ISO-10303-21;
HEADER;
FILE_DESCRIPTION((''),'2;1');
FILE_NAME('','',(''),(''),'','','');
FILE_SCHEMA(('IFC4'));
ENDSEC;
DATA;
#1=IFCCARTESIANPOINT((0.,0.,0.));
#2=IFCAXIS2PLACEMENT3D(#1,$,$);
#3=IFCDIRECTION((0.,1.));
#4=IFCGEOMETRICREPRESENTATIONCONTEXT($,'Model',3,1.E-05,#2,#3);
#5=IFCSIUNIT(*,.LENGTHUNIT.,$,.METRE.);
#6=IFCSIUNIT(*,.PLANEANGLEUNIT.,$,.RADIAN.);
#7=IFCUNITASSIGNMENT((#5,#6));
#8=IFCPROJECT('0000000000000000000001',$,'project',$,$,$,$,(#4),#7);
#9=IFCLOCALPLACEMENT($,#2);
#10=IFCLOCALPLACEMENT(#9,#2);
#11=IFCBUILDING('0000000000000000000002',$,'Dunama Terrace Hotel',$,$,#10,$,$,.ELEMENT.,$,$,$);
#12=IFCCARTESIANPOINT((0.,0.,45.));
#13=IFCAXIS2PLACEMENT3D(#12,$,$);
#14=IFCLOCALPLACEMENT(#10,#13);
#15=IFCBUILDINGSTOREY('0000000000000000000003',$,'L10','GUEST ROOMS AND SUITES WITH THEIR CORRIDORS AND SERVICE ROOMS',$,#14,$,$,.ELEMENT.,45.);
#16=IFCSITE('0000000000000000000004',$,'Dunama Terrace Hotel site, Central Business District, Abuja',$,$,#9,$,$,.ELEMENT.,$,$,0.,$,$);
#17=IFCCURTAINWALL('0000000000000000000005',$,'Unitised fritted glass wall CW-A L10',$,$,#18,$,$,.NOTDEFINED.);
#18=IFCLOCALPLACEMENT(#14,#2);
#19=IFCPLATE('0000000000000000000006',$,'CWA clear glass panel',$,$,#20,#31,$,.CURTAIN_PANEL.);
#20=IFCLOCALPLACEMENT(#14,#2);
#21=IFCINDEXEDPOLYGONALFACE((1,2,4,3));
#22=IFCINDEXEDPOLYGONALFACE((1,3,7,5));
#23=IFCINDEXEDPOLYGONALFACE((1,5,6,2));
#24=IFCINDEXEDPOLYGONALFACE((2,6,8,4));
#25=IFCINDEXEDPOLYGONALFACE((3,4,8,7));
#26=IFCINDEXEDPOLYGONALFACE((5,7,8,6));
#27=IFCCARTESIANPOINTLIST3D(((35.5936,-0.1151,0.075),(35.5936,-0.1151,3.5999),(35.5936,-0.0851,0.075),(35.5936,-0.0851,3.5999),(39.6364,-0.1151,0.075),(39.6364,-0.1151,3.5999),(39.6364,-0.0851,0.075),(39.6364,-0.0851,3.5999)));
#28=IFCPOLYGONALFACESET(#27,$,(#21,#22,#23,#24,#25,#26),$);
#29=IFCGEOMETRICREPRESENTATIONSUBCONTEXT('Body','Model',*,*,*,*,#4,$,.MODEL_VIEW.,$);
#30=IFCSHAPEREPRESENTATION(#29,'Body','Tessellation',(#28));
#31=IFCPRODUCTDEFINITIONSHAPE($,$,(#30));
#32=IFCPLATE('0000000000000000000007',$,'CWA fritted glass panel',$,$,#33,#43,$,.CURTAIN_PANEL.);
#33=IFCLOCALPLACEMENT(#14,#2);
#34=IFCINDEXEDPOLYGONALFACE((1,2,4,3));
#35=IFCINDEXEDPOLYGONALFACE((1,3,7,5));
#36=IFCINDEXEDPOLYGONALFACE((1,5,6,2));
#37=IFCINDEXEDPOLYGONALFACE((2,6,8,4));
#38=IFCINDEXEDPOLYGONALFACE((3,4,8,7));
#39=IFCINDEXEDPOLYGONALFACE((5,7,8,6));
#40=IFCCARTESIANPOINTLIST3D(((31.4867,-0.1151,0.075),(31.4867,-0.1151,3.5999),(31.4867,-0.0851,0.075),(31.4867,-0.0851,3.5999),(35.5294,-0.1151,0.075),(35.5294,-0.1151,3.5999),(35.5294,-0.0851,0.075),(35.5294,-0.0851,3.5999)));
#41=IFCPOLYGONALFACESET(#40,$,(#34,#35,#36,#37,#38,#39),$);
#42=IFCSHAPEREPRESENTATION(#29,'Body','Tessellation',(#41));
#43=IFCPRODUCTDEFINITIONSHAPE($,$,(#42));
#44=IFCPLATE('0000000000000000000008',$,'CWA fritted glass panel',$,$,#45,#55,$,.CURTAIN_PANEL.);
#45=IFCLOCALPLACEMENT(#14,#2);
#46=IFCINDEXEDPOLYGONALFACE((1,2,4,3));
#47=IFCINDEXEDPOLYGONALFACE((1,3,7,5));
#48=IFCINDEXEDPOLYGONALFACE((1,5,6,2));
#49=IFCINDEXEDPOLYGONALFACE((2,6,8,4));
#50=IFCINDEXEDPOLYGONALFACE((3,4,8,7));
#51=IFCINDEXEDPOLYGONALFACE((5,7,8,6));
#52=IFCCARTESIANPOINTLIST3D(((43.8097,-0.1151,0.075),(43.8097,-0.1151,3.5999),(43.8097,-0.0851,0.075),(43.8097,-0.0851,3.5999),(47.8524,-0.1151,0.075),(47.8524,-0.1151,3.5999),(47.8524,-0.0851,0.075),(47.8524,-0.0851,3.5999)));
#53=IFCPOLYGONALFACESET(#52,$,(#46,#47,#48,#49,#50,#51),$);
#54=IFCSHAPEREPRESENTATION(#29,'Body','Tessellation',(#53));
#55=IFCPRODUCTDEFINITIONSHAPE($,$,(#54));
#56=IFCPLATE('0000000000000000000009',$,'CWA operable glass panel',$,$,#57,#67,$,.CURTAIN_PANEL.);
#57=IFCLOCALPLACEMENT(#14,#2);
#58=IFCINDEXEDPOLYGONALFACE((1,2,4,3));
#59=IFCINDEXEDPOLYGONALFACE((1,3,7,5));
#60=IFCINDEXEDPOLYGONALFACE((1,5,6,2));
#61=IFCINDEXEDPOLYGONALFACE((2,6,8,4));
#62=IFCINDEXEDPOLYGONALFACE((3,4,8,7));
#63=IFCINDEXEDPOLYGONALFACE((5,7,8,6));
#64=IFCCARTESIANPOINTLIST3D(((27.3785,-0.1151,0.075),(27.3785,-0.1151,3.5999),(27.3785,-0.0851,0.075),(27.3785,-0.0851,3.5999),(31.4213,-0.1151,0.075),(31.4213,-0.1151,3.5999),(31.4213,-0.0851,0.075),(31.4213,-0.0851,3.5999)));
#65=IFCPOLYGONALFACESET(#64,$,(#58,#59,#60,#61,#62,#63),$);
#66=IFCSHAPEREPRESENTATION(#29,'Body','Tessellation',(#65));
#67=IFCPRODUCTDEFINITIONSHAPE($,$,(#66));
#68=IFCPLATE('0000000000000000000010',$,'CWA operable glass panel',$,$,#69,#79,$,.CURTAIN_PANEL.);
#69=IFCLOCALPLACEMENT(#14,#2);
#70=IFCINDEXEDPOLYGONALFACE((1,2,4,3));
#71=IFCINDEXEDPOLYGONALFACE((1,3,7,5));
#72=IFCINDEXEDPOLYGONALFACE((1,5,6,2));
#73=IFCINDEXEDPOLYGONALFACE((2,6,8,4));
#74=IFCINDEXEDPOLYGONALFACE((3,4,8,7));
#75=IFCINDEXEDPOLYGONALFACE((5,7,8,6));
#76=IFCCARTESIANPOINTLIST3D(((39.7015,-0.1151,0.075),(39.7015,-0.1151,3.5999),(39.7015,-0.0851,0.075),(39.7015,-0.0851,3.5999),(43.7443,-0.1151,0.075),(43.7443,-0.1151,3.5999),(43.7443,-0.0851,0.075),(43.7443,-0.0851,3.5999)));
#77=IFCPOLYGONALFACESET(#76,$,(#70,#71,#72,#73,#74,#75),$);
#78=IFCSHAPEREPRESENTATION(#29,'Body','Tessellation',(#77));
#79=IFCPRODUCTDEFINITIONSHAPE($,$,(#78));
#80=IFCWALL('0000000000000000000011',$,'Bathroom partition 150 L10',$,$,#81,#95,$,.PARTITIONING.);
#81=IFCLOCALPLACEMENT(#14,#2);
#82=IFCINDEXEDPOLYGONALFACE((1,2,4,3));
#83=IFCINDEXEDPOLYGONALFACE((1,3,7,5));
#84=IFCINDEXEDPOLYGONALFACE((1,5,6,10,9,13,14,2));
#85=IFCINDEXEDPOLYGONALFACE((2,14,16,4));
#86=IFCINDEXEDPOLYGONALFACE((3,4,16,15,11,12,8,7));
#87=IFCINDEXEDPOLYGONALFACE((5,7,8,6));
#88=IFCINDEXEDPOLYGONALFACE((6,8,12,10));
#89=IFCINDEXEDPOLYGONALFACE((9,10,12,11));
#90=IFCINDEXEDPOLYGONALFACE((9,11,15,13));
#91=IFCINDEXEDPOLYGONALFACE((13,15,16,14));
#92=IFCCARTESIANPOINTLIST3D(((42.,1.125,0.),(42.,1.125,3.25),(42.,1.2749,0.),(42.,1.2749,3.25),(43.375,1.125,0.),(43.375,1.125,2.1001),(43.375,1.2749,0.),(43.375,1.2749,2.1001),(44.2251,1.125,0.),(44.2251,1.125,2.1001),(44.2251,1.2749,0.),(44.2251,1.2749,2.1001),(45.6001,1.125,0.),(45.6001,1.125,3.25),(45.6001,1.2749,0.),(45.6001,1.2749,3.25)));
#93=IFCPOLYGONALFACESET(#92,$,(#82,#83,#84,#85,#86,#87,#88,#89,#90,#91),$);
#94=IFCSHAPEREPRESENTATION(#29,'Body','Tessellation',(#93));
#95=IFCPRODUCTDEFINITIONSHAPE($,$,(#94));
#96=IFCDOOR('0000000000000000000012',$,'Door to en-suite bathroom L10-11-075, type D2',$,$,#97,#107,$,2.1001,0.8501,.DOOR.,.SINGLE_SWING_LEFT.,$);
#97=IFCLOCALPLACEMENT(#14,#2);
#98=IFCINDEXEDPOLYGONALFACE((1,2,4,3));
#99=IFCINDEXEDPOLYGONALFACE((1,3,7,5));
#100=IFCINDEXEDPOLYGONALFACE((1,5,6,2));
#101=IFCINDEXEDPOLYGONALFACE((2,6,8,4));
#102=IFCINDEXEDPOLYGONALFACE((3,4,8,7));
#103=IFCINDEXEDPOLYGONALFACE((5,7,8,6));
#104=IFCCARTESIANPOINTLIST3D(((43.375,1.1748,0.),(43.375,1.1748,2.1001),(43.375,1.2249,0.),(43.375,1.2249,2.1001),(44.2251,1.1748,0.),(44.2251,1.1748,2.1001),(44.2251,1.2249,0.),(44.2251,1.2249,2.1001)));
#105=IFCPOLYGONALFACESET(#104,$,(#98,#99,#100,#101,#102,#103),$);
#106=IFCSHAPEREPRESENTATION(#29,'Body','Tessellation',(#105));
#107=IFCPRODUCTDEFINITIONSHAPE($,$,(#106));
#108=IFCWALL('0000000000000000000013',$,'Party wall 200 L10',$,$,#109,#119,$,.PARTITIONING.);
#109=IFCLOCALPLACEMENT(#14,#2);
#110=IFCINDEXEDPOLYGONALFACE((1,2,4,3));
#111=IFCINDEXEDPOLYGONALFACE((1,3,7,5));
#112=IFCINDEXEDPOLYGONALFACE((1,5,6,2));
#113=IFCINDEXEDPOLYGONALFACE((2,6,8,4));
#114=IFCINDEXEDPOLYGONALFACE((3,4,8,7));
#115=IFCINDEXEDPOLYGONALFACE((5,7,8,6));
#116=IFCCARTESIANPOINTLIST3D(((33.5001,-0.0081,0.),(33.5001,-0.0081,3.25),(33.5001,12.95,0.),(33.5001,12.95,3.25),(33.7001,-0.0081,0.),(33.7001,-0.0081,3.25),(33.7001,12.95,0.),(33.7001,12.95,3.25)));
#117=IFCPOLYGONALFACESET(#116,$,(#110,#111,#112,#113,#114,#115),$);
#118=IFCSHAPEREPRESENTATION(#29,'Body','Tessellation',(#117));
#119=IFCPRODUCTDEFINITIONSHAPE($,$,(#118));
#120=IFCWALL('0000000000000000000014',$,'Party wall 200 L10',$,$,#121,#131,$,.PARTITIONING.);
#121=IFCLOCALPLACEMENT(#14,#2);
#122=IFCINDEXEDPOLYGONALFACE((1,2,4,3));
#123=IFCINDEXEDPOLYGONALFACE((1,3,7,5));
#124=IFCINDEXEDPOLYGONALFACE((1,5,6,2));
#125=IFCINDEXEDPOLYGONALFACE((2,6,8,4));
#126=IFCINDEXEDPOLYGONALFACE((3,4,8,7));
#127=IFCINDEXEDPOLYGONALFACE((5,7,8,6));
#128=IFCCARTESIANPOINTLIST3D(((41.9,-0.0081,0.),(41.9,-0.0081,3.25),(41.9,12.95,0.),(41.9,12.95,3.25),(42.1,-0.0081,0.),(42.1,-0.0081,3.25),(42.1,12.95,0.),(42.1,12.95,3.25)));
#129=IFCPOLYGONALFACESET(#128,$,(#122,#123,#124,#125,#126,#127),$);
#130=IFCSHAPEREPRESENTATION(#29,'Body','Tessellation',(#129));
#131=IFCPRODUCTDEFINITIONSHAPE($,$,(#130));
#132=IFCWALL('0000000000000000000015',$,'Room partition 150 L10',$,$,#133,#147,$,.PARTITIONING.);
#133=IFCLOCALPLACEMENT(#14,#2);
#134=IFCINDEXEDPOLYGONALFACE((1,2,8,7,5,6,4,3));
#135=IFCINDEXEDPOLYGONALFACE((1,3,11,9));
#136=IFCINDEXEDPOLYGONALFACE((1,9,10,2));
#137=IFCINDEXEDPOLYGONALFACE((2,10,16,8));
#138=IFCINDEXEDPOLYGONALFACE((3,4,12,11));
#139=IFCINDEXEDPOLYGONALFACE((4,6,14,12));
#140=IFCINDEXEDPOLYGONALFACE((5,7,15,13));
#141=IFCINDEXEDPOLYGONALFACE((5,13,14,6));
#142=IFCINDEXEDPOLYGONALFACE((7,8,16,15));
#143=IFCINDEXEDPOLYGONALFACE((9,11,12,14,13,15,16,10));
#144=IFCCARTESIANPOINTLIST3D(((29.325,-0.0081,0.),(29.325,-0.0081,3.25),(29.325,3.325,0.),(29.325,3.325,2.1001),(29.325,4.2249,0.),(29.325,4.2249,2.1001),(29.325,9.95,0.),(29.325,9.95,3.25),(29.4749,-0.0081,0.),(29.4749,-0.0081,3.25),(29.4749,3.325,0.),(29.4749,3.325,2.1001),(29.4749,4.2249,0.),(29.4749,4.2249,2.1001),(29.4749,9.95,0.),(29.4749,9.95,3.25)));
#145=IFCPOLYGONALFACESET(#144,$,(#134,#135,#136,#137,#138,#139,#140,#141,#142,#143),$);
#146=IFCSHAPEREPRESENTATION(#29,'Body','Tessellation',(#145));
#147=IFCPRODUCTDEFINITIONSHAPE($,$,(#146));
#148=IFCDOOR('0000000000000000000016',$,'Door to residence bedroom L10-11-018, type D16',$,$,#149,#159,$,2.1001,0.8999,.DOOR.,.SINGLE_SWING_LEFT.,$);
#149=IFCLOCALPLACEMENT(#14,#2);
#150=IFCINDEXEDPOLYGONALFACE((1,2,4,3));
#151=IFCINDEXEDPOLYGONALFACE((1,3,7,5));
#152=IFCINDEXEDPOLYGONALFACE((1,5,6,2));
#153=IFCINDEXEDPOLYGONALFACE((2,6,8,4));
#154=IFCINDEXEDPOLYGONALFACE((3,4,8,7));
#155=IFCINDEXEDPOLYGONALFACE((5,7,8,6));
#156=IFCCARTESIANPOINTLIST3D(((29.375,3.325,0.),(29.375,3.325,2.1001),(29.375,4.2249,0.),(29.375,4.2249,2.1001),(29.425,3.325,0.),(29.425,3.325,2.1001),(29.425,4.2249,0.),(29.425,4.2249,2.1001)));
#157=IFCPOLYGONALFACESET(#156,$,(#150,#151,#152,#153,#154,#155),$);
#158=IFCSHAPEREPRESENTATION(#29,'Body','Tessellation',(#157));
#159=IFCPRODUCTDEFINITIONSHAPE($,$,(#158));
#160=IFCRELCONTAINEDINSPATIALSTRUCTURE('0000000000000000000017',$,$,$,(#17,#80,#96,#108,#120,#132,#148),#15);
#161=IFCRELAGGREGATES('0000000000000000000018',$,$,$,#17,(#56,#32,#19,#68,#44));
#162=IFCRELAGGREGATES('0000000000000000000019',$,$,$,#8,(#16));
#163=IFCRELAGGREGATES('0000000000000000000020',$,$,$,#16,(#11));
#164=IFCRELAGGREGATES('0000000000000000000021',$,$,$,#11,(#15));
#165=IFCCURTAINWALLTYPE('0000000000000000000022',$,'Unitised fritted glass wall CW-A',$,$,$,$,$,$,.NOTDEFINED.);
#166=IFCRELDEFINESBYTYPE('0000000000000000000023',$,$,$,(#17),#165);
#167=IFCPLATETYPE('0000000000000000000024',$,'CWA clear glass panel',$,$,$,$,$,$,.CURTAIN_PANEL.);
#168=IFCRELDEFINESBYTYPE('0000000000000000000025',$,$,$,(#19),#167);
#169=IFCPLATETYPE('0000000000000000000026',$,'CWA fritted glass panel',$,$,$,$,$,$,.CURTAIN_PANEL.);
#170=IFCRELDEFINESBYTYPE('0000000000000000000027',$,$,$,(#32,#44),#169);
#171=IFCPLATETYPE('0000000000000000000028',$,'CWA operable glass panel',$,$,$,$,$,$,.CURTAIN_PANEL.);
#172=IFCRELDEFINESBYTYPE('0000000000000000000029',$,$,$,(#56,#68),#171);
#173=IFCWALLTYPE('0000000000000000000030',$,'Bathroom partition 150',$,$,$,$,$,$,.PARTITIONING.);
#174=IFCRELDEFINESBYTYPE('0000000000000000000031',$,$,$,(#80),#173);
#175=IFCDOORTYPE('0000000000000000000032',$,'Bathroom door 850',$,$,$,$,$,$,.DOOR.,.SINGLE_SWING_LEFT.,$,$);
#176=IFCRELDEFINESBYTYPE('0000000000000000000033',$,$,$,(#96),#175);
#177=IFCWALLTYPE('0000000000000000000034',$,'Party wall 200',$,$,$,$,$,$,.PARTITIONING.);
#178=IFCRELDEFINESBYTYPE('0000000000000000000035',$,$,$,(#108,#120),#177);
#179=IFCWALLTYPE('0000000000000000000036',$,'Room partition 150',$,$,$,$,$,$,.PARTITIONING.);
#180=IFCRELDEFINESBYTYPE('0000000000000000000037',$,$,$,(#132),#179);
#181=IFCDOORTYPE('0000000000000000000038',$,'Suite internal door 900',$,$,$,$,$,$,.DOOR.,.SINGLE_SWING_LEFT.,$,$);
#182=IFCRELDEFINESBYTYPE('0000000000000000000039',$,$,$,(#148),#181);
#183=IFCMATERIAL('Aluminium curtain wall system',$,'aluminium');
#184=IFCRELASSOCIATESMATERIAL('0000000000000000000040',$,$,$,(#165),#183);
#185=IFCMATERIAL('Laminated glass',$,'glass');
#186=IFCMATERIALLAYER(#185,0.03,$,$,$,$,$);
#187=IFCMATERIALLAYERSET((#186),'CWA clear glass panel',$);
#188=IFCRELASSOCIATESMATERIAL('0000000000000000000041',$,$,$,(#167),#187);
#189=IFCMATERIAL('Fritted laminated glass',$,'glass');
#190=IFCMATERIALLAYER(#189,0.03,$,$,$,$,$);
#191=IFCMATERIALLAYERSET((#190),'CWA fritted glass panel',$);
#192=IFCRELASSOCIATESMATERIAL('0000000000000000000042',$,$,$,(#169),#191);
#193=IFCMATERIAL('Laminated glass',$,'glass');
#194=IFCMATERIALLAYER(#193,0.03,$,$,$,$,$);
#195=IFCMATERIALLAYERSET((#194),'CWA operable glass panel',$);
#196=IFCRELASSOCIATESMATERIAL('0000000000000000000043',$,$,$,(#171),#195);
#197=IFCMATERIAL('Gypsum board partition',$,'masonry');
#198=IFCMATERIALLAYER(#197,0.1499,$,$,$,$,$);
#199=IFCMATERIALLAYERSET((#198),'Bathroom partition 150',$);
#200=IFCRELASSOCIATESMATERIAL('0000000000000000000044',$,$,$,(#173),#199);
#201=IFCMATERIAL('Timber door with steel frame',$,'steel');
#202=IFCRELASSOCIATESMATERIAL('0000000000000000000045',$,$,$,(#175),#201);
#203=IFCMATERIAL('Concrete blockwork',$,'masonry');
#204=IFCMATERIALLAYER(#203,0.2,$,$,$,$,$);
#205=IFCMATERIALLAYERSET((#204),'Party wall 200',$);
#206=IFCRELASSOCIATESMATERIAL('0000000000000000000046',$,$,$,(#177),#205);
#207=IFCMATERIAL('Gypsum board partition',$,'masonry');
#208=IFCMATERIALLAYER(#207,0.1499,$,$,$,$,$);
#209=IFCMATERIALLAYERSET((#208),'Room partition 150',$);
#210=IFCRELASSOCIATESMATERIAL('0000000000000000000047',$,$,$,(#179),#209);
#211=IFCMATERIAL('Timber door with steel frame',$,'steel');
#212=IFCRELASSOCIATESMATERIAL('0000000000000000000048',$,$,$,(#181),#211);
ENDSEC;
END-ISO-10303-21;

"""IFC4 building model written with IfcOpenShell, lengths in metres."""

from ifc_helpers import new_model, si_unit, direction, frame, frame_2d, origin, origin_2d, place, context, subcontext, project, spatial, rectangle, extrude, material, layer, layer_set, type_object, element, fill, aggregate, save


model = new_model("IFC4")

# Units and contexts
model_context = context("Model", 3, precision=1e-05, world=origin(), true_north=direction((0.0, 1.0)))
body_context = subcontext(model_context, "Body", "Model", "MODEL_VIEW")
ifc_project = project(units=[si_unit("LENGTHUNIT", "METRE"), si_unit("PLANEANGLEUNIT", "RADIAN")], contexts=[model_context])

# Site, building, storey
site_placement = place(None, origin())
site = spatial("IfcSite", under=ifc_project, at=site_placement, Name="Dunama Terrace Hotel site, Central Business District, Abuja", CompositionType="ELEMENT", RefElevation=0.0)
building_placement = place(site_placement, origin())
building = spatial("IfcBuilding", under=site, at=building_placement, Name="Dunama Terrace Hotel", CompositionType="ELEMENT")
storey_placement = place(building_placement, frame((0.0, 0.0, 45.0)))
storey = spatial("IfcBuildingStorey", under=building, at=storey_placement, Name="L10", Description="GUEST ROOMS AND SUITES WITH THEIR CORRIDORS AND SERVICE ROOMS", CompositionType="ELEMENT", Elevation=45.0)

# Curtain wall
ifc_material_1 = material(Name="Aluminium curtain wall system", Category="aluminium")
curtain_wall_type = type_object("IfcCurtainWallType", Name="Unitised fritted glass wall CW-A", PredefinedType="NOTDEFINED", material=ifc_material_1)
curtain_wall_placement = place(storey_placement, origin())
curtain_wall = element("IfcCurtainWall", 1, at=curtain_wall_placement, inside=storey, type_object=curtain_wall_type, Name="Unitised fritted glass wall CW-A L10", PredefinedType="NOTDEFINED")

# Plates
ifc_material_2 = material(Name="Laminated glass", Category="glass")
ifc_layer_1 = layer(ifc_material_2, 0.03)
ifc_layer_set_1 = layer_set([ifc_layer_1], Name="CWA clear glass panel")
plate_type_1 = type_object("IfcPlateType", Name="CWA clear glass panel", PredefinedType="CURTAIN_PANEL", material=ifc_layer_set_1)
plate_1_placement = place(storey_placement, frame((37.615, -0.1001, 0.075), z_axis=(0.0, 0.0, 1.0), x_axis=(1.0, 0.0, 0.0)))
plate_1 = element("IfcPlate", 2, at=plate_1_placement, type_object=plate_type_1, Name="CWA clear glass panel", PredefinedType="CURTAIN_PANEL", context=body_context, shape_type="SweptSolid", body=[
    extrude(rectangle(XDim=4.0427, YDim=0.03, at=origin_2d()), origin(), (0.0, 0.0, 1.0), 3.5249),
])
ifc_material_3 = material(Name="Fritted laminated glass", Category="glass")
ifc_layer_2 = layer(ifc_material_3, 0.03)
ifc_layer_set_2 = layer_set([ifc_layer_2], Name="CWA fritted glass panel")
plate_type_2 = type_object("IfcPlateType", Name="CWA fritted glass panel", PredefinedType="CURTAIN_PANEL", material=ifc_layer_set_2)
plate_2_placement = place(storey_placement, frame((33.5081, -0.1001, 0.075), z_axis=(0.0, 0.0, 1.0), x_axis=(1.0, 0.0, 0.0)))
plate_2 = element("IfcPlate", 3, at=plate_2_placement, type_object=plate_type_2, Name="CWA fritted glass panel", PredefinedType="CURTAIN_PANEL", context=body_context, shape_type="SweptSolid", body=[
    extrude(rectangle(XDim=4.0427, YDim=0.03, at=origin_2d()), origin(), (0.0, 0.0, 1.0), 3.5249),
])
plate_3_placement = place(storey_placement, frame((45.8311, -0.1001, 0.075), z_axis=(0.0, 0.0, 1.0), x_axis=(1.0, 0.0, 0.0)))
plate_3 = element("IfcPlate", 4, at=plate_3_placement, type_object=plate_type_2, Name="CWA fritted glass panel", PredefinedType="CURTAIN_PANEL", context=body_context, shape_type="SweptSolid", body=[
    extrude(rectangle(XDim=4.0427, YDim=0.03, at=origin_2d()), origin(), (0.0, 0.0, 1.0), 3.5249),
])
ifc_material_4 = material(Name="Laminated glass", Category="glass")
ifc_layer_3 = layer(ifc_material_4, 0.03)
ifc_layer_set_3 = layer_set([ifc_layer_3], Name="CWA operable glass panel")
plate_type_3 = type_object("IfcPlateType", Name="CWA operable glass panel", PredefinedType="CURTAIN_PANEL", material=ifc_layer_set_3)
plate_4_placement = place(storey_placement, frame((29.3999, -0.1001, 0.075), z_axis=(0.0, 0.0, 1.0), x_axis=(1.0, 0.0, 0.0)))
plate_4 = element("IfcPlate", 5, at=plate_4_placement, type_object=plate_type_3, Name="CWA operable glass panel", PredefinedType="CURTAIN_PANEL", context=body_context, shape_type="SweptSolid", body=[
    extrude(rectangle(XDim=4.0427, YDim=0.03, at=origin_2d()), origin(), (0.0, 0.0, 1.0), 3.5249),
])
plate_5_placement = place(storey_placement, frame((41.7229, -0.1001, 0.075), z_axis=(0.0, 0.0, 1.0), x_axis=(1.0, 0.0, 0.0)))
plate_5 = element("IfcPlate", 6, at=plate_5_placement, type_object=plate_type_3, Name="CWA operable glass panel", PredefinedType="CURTAIN_PANEL", context=body_context, shape_type="SweptSolid", body=[
    extrude(rectangle(XDim=4.0427, YDim=0.03, at=origin_2d()), origin(), (0.0, 0.0, 1.0), 3.5249),
])
aggregate(curtain_wall, [plate_4, plate_2, plate_1, plate_5, plate_3])

# Wall, opening, door
ifc_material_5 = material(Name="Gypsum board partition", Category="masonry")
ifc_layer_4 = layer(ifc_material_5, 0.1499)
ifc_layer_set_4 = layer_set([ifc_layer_4], Name="Bathroom partition 150")
wall_type_1 = type_object("IfcWallType", Name="Bathroom partition 150", PredefinedType="PARTITIONING", material=ifc_layer_set_4)
wall_1_placement = place(storey_placement, frame((42.0, 1.2, 0.0), z_axis=(0.0, 0.0, 1.0), x_axis=(1.0, 0.0, 0.0)))
wall_1 = element("IfcWall", 7, at=wall_1_placement, inside=storey, type_object=wall_type_1, Name="Bathroom partition 150 L10", PredefinedType="PARTITIONING", context=body_context, shape_type="SweptSolid", body=[
    extrude(rectangle(XDim=3.6001, YDim=0.1499, at=frame_2d((1.8, 0.0))), origin(), (0.0, 0.0, 1.0), 3.25),
])
opening_1_placement = place(wall_1_placement, frame((1.375, 0.0, 0.0)))
opening_1 = element("IfcOpeningElement", 8, at=opening_1_placement, cuts=wall_1, PredefinedType="OPENING", context=body_context, shape_type="SweptSolid", body=[
    extrude(rectangle(XDim=0.8501, YDim=2.1001, at=frame_2d((0.425, 1.05))), frame((0.0, 0.085, 0.0), z_axis=(0.0, -1.0, 0.0), x_axis=(1.0, 0.0, 0.0)), (0.0, 0.0, 1.0), 0.1699),
])
ifc_material_6 = material(Name="Timber door with steel frame", Category="steel")
door_type_1 = type_object("IfcDoorType", Name="Bathroom door 850", OperationType="SINGLE_SWING_LEFT", PredefinedType="DOOR", material=ifc_material_6)
door_1_placement = place(opening_1_placement, origin())
door_1 = element("IfcDoor", 9, at=door_1_placement, inside=storey, type_object=door_type_1, Name="Door to en-suite bathroom L10-11-075, type D2", OperationType="SINGLE_SWING_LEFT", OverallHeight=2.1001, OverallWidth=0.8501, PredefinedType="DOOR", context=body_context, shape_type="SweptSolid", body=[
    extrude(rectangle(XDim=0.8501, YDim=2.1001, at=frame_2d((0.425, 1.05))), frame((0.0, 0.0249, 0.0), z_axis=(0.0, -1.0, 0.0), x_axis=(1.0, 0.0, 0.0)), (0.0, 0.0, 1.0), 0.05),
])
fill(opening_1, door_1)

# Walls
ifc_material_7 = material(Name="Concrete blockwork", Category="masonry")
ifc_layer_5 = layer(ifc_material_7, 0.2)
ifc_layer_set_5 = layer_set([ifc_layer_5], Name="Party wall 200")
wall_type_2 = type_object("IfcWallType", Name="Party wall 200", PredefinedType="PARTITIONING", material=ifc_layer_set_5)
for number, where, z_axis, x_axis, name in (
    (10, (33.6001, -0.0081, 0.0), (0.0, 0.0, 1.0), (0.0, 1.0, 0.0), "Party wall 200 L10"),
    (11, (42.0, -0.0081, 0.0), (0.0, 0.0, 1.0), (0.0, 1.0, 0.0), "Party wall 200 L10"),
):
    element("IfcWall", number, at=place(storey_placement, frame(where, z_axis=z_axis, x_axis=x_axis)), inside=storey, type_object=wall_type_2, Name=name, PredefinedType="PARTITIONING", context=body_context, shape_type="SweptSolid", body=[
        extrude(rectangle(XDim=12.958, YDim=0.2, at=frame_2d((6.479, 0.0))), origin(), (0.0, 0.0, 1.0), 3.25),
    ])

# Wall, opening, door
ifc_material_8 = material(Name="Gypsum board partition", Category="masonry")
ifc_layer_6 = layer(ifc_material_8, 0.1499)
ifc_layer_set_6 = layer_set([ifc_layer_6], Name="Room partition 150")
wall_type_3 = type_object("IfcWallType", Name="Room partition 150", PredefinedType="PARTITIONING", material=ifc_layer_set_6)
wall_2_placement = place(storey_placement, frame((29.3999, -0.0081, 0.0), z_axis=(0.0, 0.0, 1.0), x_axis=(0.0, 1.0, 0.0)))
wall_2 = element("IfcWall", 12, at=wall_2_placement, inside=storey, type_object=wall_type_3, Name="Room partition 150 L10", PredefinedType="PARTITIONING", context=body_context, shape_type="SweptSolid", body=[
    extrude(rectangle(XDim=9.958, YDim=0.1499, at=frame_2d((4.979, 0.0))), origin(), (0.0, 0.0, 1.0), 3.25),
])
opening_2_placement = place(wall_2_placement, frame((3.333, 0.0, 0.0)))
opening_2 = element("IfcOpeningElement", 13, at=opening_2_placement, cuts=wall_2, PredefinedType="OPENING", context=body_context, shape_type="SweptSolid", body=[
    extrude(rectangle(XDim=0.8999, YDim=2.1001, at=frame_2d((0.45, 1.05))), frame((0.0, 0.085, 0.0), z_axis=(0.0, -1.0, 0.0), x_axis=(1.0, 0.0, 0.0)), (0.0, 0.0, 1.0), 0.1699),
])
ifc_material_9 = material(Name="Timber door with steel frame", Category="steel")
door_type_2 = type_object("IfcDoorType", Name="Suite internal door 900", OperationType="SINGLE_SWING_LEFT", PredefinedType="DOOR", material=ifc_material_9)
door_2_placement = place(opening_2_placement, frame((0.8999, 0.0, 0.0), z_axis=(0.0, 0.0, 1.0), x_axis=(-1.0, 0.0, 0.0)))
door_2 = element("IfcDoor", 14, at=door_2_placement, inside=storey, type_object=door_type_2, Name="Door to residence bedroom L10-11-018, type D16", OperationType="SINGLE_SWING_LEFT", OverallHeight=2.1001, OverallWidth=0.8999, PredefinedType="DOOR", context=body_context, shape_type="SweptSolid", body=[
    extrude(rectangle(XDim=0.8999, YDim=2.1001, at=frame_2d((0.45, 1.05))), frame((0.0, 0.0251, 0.0), z_axis=(0.0, -1.0, 0.0), x_axis=(1.0, 0.0, 0.0)), (0.0, 0.0, 1.0), 0.05),
])
fill(opening_2, door_2)

save(model, "model.ifc")
